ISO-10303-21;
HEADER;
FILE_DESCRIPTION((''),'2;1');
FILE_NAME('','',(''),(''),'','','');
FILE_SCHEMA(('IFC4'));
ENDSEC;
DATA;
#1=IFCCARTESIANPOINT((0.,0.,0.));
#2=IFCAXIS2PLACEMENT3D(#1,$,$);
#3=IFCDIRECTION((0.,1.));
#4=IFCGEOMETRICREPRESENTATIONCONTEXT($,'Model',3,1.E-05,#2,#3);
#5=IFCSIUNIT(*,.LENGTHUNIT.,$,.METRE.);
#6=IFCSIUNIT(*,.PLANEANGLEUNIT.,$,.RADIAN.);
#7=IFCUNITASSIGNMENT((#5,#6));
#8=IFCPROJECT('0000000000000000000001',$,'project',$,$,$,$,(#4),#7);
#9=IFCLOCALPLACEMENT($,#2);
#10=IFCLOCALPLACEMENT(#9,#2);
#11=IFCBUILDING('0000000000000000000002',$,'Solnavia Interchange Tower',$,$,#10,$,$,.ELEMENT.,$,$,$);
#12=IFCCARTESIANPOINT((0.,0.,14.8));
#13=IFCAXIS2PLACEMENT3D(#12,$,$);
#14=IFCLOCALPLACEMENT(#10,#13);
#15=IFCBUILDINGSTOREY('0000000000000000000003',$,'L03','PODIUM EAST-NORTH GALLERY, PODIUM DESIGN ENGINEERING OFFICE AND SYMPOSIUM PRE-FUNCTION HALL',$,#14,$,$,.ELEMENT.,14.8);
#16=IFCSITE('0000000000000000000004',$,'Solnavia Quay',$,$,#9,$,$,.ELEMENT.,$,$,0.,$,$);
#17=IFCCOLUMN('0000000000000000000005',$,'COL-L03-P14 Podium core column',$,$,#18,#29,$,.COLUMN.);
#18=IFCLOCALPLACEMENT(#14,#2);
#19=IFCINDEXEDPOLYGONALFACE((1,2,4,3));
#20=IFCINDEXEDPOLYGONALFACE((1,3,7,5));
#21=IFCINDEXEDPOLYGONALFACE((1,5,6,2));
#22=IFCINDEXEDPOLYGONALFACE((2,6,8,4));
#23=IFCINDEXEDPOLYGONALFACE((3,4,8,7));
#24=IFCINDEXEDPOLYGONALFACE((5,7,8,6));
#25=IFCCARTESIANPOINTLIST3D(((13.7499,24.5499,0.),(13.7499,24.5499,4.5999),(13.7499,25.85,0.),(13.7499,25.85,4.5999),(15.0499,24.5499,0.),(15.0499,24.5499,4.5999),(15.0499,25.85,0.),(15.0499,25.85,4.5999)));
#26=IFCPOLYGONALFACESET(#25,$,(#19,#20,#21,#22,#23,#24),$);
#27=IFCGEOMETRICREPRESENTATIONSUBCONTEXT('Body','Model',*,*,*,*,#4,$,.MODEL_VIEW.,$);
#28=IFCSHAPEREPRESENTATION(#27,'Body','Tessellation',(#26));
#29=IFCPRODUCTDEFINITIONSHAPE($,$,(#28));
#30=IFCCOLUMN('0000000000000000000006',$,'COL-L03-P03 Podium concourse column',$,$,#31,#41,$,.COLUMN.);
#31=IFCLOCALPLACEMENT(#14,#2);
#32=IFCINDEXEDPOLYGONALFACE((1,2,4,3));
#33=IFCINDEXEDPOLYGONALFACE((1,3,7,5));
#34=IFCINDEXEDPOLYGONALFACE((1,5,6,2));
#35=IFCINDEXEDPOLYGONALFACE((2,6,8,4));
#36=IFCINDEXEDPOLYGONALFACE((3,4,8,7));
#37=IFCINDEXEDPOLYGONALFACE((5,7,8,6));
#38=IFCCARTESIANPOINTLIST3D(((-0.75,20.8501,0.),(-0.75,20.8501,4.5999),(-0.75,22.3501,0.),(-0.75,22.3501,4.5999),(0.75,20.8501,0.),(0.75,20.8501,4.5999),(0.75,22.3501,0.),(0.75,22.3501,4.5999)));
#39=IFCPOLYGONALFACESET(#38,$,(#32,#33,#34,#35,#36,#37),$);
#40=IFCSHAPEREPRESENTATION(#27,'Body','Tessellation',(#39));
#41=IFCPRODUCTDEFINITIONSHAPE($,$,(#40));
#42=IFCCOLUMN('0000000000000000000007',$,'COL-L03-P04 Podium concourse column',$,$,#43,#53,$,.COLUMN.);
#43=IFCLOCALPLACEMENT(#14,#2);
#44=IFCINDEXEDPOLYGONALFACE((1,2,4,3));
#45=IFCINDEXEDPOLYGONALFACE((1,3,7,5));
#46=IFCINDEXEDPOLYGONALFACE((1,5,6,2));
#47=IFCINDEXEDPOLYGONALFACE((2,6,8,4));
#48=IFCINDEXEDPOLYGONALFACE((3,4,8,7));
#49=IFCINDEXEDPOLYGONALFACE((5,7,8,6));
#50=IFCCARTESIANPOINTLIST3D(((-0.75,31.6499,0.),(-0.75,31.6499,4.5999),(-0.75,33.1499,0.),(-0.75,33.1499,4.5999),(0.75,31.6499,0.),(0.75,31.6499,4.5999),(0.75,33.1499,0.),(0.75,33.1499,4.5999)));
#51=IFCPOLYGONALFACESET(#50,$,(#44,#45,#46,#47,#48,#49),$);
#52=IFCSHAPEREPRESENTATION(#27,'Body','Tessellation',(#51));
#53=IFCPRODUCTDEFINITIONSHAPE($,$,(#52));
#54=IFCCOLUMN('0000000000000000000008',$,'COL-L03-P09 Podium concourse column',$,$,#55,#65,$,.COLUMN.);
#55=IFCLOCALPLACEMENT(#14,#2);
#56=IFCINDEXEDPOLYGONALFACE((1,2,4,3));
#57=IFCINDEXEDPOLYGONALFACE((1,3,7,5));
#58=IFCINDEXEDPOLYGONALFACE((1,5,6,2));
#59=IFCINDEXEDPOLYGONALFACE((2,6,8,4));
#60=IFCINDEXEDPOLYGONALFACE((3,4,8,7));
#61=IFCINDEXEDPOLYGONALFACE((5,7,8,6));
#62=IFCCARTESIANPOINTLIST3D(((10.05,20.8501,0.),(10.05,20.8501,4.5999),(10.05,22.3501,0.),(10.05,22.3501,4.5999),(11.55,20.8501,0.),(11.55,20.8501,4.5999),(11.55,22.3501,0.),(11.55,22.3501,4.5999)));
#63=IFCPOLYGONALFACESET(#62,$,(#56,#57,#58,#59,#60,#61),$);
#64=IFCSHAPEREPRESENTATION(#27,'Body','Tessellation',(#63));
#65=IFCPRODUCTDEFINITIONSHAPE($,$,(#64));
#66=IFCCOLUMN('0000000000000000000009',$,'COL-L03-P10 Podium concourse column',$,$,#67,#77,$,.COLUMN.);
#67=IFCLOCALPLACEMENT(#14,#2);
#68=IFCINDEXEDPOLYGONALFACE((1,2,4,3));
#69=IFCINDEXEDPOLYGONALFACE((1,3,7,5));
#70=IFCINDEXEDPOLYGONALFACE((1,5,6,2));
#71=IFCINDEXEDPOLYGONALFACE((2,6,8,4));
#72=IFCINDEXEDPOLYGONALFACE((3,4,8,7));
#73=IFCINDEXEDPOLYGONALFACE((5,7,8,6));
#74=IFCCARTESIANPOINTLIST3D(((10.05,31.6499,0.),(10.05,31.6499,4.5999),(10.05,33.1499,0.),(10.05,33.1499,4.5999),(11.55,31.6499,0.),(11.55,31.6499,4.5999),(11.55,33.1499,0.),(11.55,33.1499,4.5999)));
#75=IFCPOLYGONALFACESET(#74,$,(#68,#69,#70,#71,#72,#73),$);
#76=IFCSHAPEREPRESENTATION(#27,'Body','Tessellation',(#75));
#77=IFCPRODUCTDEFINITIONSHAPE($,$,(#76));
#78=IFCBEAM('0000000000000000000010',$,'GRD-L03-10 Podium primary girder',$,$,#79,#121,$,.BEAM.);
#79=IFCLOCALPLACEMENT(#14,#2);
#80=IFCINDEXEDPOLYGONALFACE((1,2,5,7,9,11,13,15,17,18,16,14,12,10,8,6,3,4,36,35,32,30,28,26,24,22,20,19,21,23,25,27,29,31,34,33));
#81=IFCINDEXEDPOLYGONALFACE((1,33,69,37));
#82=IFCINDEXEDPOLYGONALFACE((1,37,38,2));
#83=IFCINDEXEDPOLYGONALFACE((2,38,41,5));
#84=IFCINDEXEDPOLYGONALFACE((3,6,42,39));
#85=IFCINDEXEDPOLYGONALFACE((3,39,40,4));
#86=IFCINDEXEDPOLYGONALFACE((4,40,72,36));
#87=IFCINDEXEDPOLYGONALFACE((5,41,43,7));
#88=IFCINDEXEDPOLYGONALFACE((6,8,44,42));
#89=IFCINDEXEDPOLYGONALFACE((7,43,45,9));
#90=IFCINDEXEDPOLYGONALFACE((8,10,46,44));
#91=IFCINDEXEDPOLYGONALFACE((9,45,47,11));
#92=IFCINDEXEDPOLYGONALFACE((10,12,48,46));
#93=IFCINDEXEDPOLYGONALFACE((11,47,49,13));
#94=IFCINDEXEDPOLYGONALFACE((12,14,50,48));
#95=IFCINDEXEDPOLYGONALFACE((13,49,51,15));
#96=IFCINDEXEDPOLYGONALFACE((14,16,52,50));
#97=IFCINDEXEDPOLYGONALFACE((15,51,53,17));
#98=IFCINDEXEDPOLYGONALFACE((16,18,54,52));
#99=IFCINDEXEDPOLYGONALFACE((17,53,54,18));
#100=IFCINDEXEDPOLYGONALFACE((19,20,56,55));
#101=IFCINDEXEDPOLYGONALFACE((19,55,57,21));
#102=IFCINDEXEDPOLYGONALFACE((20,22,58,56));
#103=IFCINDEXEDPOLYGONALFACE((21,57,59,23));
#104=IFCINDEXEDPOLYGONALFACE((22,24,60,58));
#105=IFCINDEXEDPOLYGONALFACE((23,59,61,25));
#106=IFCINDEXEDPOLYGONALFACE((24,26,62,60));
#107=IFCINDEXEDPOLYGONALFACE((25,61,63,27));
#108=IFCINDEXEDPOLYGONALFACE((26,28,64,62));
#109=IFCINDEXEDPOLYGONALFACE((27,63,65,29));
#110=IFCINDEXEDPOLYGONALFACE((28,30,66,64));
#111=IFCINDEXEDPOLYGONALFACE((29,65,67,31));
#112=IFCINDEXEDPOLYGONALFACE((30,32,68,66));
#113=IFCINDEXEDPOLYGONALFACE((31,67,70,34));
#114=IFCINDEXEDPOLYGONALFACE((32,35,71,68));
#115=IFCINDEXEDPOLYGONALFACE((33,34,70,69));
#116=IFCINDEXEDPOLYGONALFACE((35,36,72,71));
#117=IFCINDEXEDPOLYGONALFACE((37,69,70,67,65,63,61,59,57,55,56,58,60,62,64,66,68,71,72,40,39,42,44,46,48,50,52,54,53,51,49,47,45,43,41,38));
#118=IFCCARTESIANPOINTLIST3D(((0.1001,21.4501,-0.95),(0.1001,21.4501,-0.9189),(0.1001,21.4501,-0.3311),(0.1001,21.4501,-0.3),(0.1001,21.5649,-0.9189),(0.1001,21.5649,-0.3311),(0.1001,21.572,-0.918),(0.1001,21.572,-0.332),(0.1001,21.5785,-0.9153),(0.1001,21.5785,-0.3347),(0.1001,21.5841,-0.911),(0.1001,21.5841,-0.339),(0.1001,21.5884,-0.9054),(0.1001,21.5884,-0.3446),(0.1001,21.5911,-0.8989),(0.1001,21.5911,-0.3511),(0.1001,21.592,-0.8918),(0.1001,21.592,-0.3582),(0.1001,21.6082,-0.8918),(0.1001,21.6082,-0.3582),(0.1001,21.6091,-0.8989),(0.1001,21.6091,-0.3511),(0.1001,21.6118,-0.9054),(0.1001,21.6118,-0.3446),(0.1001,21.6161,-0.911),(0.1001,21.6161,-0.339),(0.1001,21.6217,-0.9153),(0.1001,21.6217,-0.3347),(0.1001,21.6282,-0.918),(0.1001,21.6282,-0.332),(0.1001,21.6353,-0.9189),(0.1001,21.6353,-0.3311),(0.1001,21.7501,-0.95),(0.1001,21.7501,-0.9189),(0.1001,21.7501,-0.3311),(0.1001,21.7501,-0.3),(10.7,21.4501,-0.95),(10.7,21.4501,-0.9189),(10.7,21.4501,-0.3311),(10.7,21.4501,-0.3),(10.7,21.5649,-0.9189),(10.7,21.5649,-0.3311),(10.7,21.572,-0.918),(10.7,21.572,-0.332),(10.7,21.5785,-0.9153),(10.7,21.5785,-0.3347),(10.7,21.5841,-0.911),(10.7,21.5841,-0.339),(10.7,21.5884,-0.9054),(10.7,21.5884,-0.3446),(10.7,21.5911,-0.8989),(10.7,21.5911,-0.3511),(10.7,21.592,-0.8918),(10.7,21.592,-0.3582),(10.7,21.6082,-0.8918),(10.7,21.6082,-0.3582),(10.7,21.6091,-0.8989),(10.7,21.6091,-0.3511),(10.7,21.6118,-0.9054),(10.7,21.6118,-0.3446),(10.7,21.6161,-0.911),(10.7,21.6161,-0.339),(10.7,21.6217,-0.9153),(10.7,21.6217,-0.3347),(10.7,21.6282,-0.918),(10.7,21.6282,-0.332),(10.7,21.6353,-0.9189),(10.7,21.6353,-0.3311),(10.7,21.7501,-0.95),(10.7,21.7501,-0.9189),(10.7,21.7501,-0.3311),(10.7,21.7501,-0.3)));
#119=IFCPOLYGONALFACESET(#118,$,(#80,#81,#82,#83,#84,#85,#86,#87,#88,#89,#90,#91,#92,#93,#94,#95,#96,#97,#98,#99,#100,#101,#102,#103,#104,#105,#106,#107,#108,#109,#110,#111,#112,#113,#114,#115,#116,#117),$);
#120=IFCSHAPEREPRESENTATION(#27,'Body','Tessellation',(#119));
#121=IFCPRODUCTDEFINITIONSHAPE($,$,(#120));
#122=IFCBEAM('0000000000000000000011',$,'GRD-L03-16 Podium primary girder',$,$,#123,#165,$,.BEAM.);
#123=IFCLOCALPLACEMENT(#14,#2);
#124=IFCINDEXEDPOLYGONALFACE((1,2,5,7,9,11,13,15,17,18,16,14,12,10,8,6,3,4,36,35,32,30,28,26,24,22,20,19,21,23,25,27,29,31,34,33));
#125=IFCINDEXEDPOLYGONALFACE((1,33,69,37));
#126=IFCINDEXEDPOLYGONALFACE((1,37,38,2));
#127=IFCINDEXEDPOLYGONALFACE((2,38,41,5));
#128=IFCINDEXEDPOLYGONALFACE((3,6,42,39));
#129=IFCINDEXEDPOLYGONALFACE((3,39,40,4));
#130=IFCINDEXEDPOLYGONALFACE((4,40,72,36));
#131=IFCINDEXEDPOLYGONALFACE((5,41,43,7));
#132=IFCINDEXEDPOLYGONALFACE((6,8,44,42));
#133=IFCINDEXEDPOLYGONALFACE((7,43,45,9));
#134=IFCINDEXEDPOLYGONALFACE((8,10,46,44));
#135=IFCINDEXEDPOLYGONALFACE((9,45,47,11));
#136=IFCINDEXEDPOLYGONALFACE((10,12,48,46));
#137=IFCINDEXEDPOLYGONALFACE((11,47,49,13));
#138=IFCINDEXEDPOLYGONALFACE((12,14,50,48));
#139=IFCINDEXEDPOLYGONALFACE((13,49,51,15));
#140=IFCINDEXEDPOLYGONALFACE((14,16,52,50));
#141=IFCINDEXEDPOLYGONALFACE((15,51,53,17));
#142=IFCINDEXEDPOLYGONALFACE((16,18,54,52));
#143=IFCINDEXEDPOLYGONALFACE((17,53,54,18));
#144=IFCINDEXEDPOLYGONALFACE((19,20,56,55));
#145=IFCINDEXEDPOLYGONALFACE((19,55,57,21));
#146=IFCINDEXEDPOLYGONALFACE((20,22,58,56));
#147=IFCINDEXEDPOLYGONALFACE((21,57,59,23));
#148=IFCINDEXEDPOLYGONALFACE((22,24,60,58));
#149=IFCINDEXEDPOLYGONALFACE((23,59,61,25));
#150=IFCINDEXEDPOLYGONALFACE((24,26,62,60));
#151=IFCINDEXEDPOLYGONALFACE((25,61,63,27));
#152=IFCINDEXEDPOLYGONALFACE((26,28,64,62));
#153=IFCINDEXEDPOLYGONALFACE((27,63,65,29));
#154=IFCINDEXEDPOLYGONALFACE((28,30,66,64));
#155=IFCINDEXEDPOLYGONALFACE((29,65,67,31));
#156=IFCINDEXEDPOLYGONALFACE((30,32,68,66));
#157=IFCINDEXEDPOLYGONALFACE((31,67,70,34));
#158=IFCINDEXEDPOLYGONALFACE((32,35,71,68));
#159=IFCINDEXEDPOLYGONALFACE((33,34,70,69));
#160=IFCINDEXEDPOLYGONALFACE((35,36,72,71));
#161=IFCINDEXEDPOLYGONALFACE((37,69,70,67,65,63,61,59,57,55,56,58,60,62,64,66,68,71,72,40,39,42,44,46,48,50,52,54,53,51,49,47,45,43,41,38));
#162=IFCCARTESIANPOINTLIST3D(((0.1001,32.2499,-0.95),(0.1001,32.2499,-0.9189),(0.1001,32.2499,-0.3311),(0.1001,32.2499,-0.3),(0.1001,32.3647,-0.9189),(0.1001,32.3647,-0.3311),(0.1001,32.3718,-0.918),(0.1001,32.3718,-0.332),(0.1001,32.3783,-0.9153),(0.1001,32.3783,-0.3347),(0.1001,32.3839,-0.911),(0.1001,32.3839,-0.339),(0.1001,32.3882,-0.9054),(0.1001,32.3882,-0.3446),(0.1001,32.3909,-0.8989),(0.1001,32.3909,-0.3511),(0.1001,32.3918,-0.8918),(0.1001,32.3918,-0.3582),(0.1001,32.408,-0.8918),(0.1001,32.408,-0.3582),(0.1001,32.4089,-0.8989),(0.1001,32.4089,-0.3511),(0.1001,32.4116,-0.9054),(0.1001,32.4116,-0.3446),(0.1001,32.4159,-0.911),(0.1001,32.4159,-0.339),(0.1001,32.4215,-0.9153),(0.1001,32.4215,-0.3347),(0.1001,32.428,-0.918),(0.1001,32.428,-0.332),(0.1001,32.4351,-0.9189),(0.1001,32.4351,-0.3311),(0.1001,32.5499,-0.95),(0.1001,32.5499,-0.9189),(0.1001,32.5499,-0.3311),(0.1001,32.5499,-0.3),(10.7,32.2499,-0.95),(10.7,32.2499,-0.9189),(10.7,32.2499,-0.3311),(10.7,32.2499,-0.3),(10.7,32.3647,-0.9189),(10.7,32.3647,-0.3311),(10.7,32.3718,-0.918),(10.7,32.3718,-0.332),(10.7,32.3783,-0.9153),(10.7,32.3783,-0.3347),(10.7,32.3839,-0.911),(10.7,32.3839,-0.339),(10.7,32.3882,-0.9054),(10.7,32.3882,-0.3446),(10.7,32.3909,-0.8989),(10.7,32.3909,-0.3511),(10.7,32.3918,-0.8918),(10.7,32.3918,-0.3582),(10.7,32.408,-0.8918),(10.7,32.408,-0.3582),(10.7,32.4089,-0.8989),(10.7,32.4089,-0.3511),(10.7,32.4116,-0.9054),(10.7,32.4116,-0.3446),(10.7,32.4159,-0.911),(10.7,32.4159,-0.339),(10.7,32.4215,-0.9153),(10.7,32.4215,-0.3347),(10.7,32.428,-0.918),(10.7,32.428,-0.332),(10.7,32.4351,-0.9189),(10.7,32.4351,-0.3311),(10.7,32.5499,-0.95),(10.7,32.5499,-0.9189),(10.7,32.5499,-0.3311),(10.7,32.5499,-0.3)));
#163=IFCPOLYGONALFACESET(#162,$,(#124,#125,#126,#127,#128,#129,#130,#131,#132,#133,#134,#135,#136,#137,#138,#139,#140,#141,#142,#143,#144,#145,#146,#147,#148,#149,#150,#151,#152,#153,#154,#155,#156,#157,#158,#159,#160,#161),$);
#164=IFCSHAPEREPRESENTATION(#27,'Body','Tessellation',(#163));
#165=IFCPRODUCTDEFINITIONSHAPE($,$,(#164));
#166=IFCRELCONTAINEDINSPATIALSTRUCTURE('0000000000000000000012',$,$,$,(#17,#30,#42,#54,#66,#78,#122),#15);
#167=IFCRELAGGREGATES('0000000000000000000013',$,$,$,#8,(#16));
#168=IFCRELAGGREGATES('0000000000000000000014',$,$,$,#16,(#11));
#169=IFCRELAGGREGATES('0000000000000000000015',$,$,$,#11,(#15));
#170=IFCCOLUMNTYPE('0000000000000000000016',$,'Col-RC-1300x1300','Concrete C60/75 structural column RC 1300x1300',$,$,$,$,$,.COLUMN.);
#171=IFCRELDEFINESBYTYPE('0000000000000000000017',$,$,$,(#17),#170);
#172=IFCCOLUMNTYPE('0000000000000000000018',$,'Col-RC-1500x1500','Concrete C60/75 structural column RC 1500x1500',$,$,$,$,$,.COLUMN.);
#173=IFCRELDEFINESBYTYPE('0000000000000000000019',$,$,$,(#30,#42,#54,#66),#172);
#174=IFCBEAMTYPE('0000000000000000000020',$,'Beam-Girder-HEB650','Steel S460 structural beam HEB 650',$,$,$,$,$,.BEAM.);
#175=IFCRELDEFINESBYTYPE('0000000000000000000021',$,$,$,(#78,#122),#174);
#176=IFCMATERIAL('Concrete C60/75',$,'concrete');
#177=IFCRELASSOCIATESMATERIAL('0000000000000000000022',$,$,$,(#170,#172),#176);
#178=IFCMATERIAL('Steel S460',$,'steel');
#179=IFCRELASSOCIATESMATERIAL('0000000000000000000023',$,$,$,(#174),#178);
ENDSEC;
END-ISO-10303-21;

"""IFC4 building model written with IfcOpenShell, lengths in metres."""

from ifc_helpers import new_model, si_unit, direction, frame, origin, origin_2d, place, context, subcontext, project, spatial, rectangle, i_section, extrude, material, material_profile, profile_set, type_object, element, save


model = new_model("IFC4")

# Units and contexts
model_context = context("Model", 3, precision=1e-05, world=origin(), true_north=direction((0.0, 1.0)))
body_context = subcontext(model_context, "Body", "Model", "MODEL_VIEW")
ifc_project = project(units=[si_unit("LENGTHUNIT", "METRE"), si_unit("PLANEANGLEUNIT", "RADIAN")], contexts=[model_context])

# Site, building, storey
site_placement = place(None, origin())
site = spatial("IfcSite", under=ifc_project, at=site_placement, Name="Solnavia Quay", CompositionType="ELEMENT", RefElevation=0.0)
building_placement = place(site_placement, origin())
building = spatial("IfcBuilding", under=site, at=building_placement, Name="Solnavia Interchange Tower", CompositionType="ELEMENT")
storey_placement = place(building_placement, frame((0.0, 0.0, 14.8)))
storey = spatial("IfcBuildingStorey", under=building, at=storey_placement, Name="L03", Description="PODIUM EAST-NORTH GALLERY, PODIUM DESIGN ENGINEERING OFFICE AND SYMPOSIUM PRE-FUNCTION HALL", CompositionType="ELEMENT", Elevation=14.8)

# Columns
ifc_material_1 = material(Name="Concrete C60/75", Category="concrete")
ifc_material_profile_1 = material_profile(ifc_material_1, rectangle(XDim=1.3, YDim=1.3, at=origin_2d()), Name="RC 1300x1300")
ifc_profile_set_1 = profile_set([ifc_material_profile_1], Name="Concrete C60/75")
column_type_1 = type_object("IfcColumnType", Name="Col-RC-1300x1300", Description="Concrete C60/75 structural column RC 1300x1300", PredefinedType="COLUMN", material=ifc_profile_set_1)
column_placement = place(storey_placement, frame((14.3999, 25.2, 0.0), z_axis=(0.0, 0.0, 1.0), x_axis=(1.0, 0.0, 0.0)))
element("IfcColumn", 1, at=column_placement, inside=storey, type_object=column_type_1, Name="COL-L03-P14 Podium core column", PredefinedType="COLUMN", context=body_context, shape_type="SweptSolid", body=[
    extrude(rectangle(XDim=1.3, YDim=1.3, at=origin_2d()), origin(), (0.0, 0.0, 1.0), 4.5999),
])
ifc_material_profile_2 = material_profile(ifc_material_1, rectangle(XDim=1.5, YDim=1.5, at=origin_2d()), Name="RC 1500x1500")
ifc_profile_set_2 = profile_set([ifc_material_profile_2], Name="Concrete C60/75")
column_type_2 = type_object("IfcColumnType", Name="Col-RC-1500x1500", Description="Concrete C60/75 structural column RC 1500x1500", PredefinedType="COLUMN", material=ifc_profile_set_2)
for number, where, z_axis, x_axis, name in (
    (2, (0.0, 21.6001, 0.0), (0.0, 0.0, 1.0), (1.0, 0.0, 0.0), "COL-L03-P03 Podium concourse column"),
    (3, (0.0, 32.3999, 0.0), (0.0, 0.0, 1.0), (1.0, 0.0, 0.0), "COL-L03-P04 Podium concourse column"),
    (4, (10.8, 21.6001, 0.0), (0.0, 0.0, 1.0), (1.0, 0.0, 0.0), "COL-L03-P09 Podium concourse column"),
    (5, (10.8, 32.3999, 0.0), (0.0, 0.0, 1.0), (1.0, 0.0, 0.0), "COL-L03-P10 Podium concourse column"),
):
    element("IfcColumn", number, at=place(storey_placement, frame(where, z_axis=z_axis, x_axis=x_axis)), inside=storey, type_object=column_type_2, Name=name, PredefinedType="COLUMN", context=body_context, shape_type="SweptSolid", body=[
        extrude(rectangle(XDim=1.5, YDim=1.5, at=origin_2d()), origin(), (0.0, 0.0, 1.0), 4.5999),
    ])

# Beams
ifc_material_2 = material(Name="Steel S460", Category="steel")
ifc_material_profile_3 = material_profile(ifc_material_2, i_section(OverallWidth=0.3, OverallDepth=0.6499, WebThickness=0.0161, FlangeThickness=0.031, FilletRadius=0.0271, at=origin_2d()), Name="HEB 650")
ifc_profile_set_3 = profile_set([ifc_material_profile_3], Name="Steel S460")
beam_type_1 = type_object("IfcBeamType", Name="Beam-Girder-HEB650", Description="Steel S460 structural beam HEB 650", PredefinedType="BEAM", material=ifc_profile_set_3)
for number, where, z_axis, x_axis, name in (
    (6, (0.1001, 21.6001, -0.625), (1.0, 0.0, 0.0), (0.0, 1.0, 0.0), "GRD-L03-10 Podium primary girder"),
    (7, (0.1001, 32.3999, -0.625), (1.0, 0.0, 0.0), (0.0, 1.0, 0.0), "GRD-L03-16 Podium primary girder"),
):
    element("IfcBeam", number, at=place(storey_placement, frame(where, z_axis=z_axis, x_axis=x_axis)), inside=storey, type_object=beam_type_1, Name=name, PredefinedType="BEAM", context=body_context, shape_type="SweptSolid", body=[
        extrude(i_section(OverallWidth=0.3, OverallDepth=0.6499, WebThickness=0.0161, FlangeThickness=0.031, FilletRadius=0.0271, at=origin_2d()), origin(), (0.0, 0.0, 1.0), 10.5999),
    ])

save(model, "model.ifc")
